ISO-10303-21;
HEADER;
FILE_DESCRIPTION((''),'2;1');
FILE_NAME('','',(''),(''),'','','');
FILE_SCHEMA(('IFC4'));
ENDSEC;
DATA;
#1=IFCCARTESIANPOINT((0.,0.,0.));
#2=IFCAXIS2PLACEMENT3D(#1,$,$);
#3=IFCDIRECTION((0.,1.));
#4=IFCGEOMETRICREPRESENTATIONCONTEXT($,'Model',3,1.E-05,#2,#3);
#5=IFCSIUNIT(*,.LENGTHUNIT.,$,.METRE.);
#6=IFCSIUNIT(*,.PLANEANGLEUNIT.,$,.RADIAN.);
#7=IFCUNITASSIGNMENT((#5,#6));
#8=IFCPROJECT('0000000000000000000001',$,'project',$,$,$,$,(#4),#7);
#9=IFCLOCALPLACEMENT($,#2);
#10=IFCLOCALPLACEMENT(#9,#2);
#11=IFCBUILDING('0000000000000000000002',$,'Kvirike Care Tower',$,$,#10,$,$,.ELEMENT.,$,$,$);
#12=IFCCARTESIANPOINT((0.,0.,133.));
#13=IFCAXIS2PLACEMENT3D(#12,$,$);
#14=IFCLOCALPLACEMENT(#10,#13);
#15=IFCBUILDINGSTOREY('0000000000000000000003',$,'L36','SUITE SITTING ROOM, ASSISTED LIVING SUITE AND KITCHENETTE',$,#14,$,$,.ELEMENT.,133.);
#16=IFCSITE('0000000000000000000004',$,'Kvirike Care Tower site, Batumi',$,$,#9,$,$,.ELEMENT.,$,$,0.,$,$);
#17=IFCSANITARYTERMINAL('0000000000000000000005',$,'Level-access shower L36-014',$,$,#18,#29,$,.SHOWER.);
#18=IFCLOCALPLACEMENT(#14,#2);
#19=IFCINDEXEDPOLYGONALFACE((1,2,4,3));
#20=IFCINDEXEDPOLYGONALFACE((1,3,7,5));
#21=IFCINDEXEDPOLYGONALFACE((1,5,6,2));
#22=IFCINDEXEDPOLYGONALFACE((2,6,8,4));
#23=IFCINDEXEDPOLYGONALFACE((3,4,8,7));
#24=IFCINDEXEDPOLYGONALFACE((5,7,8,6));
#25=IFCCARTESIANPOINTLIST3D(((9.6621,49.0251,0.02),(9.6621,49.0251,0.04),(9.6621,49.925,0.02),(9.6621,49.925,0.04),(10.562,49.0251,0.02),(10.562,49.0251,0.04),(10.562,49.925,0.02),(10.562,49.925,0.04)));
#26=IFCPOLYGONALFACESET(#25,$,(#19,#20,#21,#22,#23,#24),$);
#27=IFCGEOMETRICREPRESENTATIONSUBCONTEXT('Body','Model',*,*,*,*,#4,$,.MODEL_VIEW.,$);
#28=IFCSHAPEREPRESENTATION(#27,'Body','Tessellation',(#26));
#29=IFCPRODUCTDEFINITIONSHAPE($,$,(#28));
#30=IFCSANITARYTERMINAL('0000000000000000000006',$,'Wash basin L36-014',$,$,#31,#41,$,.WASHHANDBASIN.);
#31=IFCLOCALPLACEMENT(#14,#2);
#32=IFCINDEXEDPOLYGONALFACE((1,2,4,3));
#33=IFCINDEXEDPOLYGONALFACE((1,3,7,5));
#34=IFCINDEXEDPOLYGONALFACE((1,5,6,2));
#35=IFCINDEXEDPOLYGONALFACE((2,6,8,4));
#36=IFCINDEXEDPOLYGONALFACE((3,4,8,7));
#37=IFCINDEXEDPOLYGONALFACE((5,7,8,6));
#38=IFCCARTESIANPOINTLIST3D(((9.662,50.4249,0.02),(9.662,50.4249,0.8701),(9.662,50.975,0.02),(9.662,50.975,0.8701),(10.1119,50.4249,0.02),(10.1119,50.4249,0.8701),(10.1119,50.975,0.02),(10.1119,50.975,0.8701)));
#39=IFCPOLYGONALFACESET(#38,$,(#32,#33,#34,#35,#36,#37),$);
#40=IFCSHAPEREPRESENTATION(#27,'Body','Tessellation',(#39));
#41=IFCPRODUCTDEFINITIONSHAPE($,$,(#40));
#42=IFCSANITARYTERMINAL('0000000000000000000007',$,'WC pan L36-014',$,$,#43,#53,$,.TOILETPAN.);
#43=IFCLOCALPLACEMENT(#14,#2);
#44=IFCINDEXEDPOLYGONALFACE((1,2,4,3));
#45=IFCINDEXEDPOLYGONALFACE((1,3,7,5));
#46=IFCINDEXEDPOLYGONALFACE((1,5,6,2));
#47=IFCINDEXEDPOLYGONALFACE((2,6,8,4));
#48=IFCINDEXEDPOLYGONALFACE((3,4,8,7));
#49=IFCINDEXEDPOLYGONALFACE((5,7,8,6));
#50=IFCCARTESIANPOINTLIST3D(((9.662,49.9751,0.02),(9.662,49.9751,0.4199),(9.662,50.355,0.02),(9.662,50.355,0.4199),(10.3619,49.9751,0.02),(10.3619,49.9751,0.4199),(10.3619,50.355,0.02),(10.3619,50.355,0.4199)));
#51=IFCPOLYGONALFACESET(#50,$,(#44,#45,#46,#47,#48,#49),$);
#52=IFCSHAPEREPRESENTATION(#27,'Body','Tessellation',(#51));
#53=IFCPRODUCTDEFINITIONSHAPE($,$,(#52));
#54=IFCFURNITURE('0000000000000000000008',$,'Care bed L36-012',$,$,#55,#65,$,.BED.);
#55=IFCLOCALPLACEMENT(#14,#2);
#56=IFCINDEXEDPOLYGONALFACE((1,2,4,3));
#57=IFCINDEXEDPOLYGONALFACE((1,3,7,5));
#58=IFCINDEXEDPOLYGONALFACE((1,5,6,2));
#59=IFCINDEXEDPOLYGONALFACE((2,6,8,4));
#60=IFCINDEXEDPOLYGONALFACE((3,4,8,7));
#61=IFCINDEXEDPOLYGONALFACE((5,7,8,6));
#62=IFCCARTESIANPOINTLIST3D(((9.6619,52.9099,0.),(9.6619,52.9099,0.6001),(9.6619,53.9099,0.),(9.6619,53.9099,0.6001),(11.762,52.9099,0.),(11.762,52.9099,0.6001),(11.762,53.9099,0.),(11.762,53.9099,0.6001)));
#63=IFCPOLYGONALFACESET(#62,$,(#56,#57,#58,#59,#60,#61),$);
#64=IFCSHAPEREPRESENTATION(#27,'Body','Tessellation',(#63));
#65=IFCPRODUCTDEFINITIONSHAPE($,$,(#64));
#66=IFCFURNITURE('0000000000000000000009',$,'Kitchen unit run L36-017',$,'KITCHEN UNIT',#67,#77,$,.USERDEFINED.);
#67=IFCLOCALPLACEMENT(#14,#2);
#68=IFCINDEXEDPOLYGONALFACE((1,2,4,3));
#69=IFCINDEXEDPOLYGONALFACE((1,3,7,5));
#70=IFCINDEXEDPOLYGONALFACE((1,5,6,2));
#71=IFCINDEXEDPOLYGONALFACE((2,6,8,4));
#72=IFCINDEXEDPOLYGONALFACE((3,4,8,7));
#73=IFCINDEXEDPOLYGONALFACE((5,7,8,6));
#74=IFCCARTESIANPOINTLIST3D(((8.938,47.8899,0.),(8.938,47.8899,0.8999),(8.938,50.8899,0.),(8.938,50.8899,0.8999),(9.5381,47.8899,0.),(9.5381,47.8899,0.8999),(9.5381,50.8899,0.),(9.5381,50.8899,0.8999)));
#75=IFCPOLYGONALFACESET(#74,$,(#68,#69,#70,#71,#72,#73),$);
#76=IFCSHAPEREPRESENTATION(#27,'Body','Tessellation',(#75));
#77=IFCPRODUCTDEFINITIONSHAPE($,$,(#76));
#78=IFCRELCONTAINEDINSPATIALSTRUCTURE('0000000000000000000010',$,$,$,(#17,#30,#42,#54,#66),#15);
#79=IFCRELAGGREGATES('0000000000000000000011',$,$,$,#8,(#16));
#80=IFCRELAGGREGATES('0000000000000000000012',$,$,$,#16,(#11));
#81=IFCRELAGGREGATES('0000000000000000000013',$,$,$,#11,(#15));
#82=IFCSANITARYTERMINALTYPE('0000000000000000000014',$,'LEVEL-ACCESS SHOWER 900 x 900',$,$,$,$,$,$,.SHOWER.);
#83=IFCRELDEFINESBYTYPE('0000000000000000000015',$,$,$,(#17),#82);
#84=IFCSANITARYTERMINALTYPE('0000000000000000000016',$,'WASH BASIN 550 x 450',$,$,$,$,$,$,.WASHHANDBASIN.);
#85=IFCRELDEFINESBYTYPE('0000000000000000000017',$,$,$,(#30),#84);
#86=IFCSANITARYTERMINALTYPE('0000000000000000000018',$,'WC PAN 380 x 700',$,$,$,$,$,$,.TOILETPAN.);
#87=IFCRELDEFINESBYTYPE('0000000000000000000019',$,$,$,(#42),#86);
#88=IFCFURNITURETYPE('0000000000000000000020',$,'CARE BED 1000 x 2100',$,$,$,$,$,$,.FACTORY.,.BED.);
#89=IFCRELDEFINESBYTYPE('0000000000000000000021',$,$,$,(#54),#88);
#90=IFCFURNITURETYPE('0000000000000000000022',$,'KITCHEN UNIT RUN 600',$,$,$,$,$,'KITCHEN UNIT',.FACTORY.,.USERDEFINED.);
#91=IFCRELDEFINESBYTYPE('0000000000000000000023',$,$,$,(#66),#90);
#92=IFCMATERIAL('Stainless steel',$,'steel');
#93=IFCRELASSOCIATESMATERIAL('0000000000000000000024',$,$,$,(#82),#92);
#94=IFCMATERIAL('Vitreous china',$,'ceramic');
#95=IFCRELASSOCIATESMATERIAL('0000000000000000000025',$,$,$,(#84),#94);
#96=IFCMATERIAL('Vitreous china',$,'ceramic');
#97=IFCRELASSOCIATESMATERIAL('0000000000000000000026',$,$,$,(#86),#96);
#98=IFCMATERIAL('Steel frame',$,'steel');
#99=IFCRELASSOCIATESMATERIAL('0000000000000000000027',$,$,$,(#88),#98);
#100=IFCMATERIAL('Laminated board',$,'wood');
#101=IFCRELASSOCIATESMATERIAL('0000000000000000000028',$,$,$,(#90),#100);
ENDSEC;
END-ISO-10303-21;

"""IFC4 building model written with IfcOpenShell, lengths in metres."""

from ifc_helpers import new_model, si_unit, direction, frame, origin, origin_2d, place, context, subcontext, project, spatial, rectangle, extrude, material, type_object, element, save


model = new_model("IFC4")

# Units and contexts
model_context = context("Model", 3, precision=1e-05, world=origin(), true_north=direction((0.0, 1.0)))
body_context = subcontext(model_context, "Body", "Model", "MODEL_VIEW")
ifc_project = project(units=[si_unit("LENGTHUNIT", "METRE"), si_unit("PLANEANGLEUNIT", "RADIAN")], contexts=[model_context])

# Site, building, storey
site_placement = place(None, origin())
site = spatial("IfcSite", under=ifc_project, at=site_placement, Name="Kvirike Care Tower site, Batumi", CompositionType="ELEMENT", RefElevation=0.0)
building_placement = place(site_placement, origin())
building = spatial("IfcBuilding", under=site, at=building_placement, Name="Kvirike Care Tower", CompositionType="ELEMENT")
storey_placement = place(building_placement, frame((0.0, 0.0, 133.0)))
storey = spatial("IfcBuildingStorey", under=building, at=storey_placement, Name="L36", Description="SUITE SITTING ROOM, ASSISTED LIVING SUITE AND KITCHENETTE", CompositionType="ELEMENT", Elevation=133.0)

# Sanitary terminals
ifc_material_1 = material(Name="Stainless steel", Category="steel")
sanitary_terminal_type_1 = type_object("IfcSanitaryTerminalType", Name="LEVEL-ACCESS SHOWER 900 x 900", PredefinedType="SHOWER", material=ifc_material_1)
sanitary_terminal_1_placement = place(storey_placement, frame((10.1121, 49.4751, 0.02), z_axis=(0.0, 0.0, 1.0), x_axis=(0.0, 1.0, 0.0)))
element("IfcSanitaryTerminal", 1, at=sanitary_terminal_1_placement, inside=storey, type_object=sanitary_terminal_type_1, Name="Level-access shower L36-014", PredefinedType="SHOWER", context=body_context, shape_type="SweptSolid", body=[
    extrude(rectangle(XDim=0.8999, YDim=0.8999, at=origin_2d()), origin(), (0.0, 0.0, 1.0), 0.02),
])
ifc_material_2 = material(Name="Vitreous china", Category="ceramic")
sanitary_terminal_type_2 = type_object("IfcSanitaryTerminalType", Name="WASH BASIN 550 x 450", PredefinedType="WASHHANDBASIN", material=ifc_material_2)
sanitary_terminal_2_placement = place(storey_placement, frame((9.887, 50.7, 0.02), z_axis=(0.0, 0.0, 1.0), x_axis=(0.0, 1.0, 0.0)))
element("IfcSanitaryTerminal", 2, at=sanitary_terminal_2_placement, inside=storey, type_object=sanitary_terminal_type_2, Name="Wash basin L36-014", PredefinedType="WASHHANDBASIN", context=body_context, shape_type="SweptSolid", body=[
    extrude(rectangle(XDim=0.55, YDim=0.45, at=origin_2d()), origin(), (0.0, 0.0, 1.0), 0.8501),
])
ifc_material_3 = material(Name="Vitreous china", Category="ceramic")
sanitary_terminal_type_3 = type_object("IfcSanitaryTerminalType", Name="WC PAN 380 x 700", PredefinedType="TOILETPAN", material=ifc_material_3)
sanitary_terminal_3_placement = place(storey_placement, frame((10.012, 50.165, 0.02), z_axis=(0.0, 0.0, 1.0), x_axis=(0.0, 1.0, 0.0)))
element("IfcSanitaryTerminal", 3, at=sanitary_terminal_3_placement, inside=storey, type_object=sanitary_terminal_type_3, Name="WC pan L36-014", PredefinedType="TOILETPAN", context=body_context, shape_type="SweptSolid", body=[
    extrude(rectangle(XDim=0.3799, YDim=0.7, at=origin_2d()), origin(), (0.0, 0.0, 1.0), 0.3999),
])

# Furniture
ifc_material_4 = material(Name="Steel frame", Category="steel")
furniture_type_1 = type_object("IfcFurnitureType", Name="CARE BED 1000 x 2100", AssemblyPlace="FACTORY", PredefinedType="BED", material=ifc_material_4)
furniture_1_placement = place(storey_placement, frame((10.7119, 53.4099, 0.0), z_axis=(0.0, 0.0, 1.0), x_axis=(0.0, 1.0, 0.0)))
element("IfcFurniture", 4, at=furniture_1_placement, inside=storey, type_object=furniture_type_1, Name="Care bed L36-012", PredefinedType="BED", context=body_context, shape_type="SweptSolid", body=[
    extrude(rectangle(XDim=1.0, YDim=2.1001, at=origin_2d()), origin(), (0.0, 0.0, 1.0), 0.6001),
])
ifc_material_5 = material(Name="Laminated board", Category="wood")
furniture_type_2 = type_object("IfcFurnitureType", Name="KITCHEN UNIT RUN 600", ElementType="KITCHEN UNIT", AssemblyPlace="FACTORY", PredefinedType="USERDEFINED", material=ifc_material_5)
furniture_2_placement = place(storey_placement, frame((9.238, 49.3899, 0.0), z_axis=(0.0, 0.0, 1.0), x_axis=(0.0, -1.0, 0.0)))
element("IfcFurniture", 5, at=furniture_2_placement, inside=storey, type_object=furniture_type_2, Name="Kitchen unit run L36-017", ObjectType="KITCHEN UNIT", PredefinedType="USERDEFINED", context=body_context, shape_type="SweptSolid", body=[
    extrude(rectangle(XDim=3.0, YDim=0.6001, at=origin_2d()), origin(), (0.0, 0.0, 1.0), 0.8999),
])

save(model, "model.ifc")
